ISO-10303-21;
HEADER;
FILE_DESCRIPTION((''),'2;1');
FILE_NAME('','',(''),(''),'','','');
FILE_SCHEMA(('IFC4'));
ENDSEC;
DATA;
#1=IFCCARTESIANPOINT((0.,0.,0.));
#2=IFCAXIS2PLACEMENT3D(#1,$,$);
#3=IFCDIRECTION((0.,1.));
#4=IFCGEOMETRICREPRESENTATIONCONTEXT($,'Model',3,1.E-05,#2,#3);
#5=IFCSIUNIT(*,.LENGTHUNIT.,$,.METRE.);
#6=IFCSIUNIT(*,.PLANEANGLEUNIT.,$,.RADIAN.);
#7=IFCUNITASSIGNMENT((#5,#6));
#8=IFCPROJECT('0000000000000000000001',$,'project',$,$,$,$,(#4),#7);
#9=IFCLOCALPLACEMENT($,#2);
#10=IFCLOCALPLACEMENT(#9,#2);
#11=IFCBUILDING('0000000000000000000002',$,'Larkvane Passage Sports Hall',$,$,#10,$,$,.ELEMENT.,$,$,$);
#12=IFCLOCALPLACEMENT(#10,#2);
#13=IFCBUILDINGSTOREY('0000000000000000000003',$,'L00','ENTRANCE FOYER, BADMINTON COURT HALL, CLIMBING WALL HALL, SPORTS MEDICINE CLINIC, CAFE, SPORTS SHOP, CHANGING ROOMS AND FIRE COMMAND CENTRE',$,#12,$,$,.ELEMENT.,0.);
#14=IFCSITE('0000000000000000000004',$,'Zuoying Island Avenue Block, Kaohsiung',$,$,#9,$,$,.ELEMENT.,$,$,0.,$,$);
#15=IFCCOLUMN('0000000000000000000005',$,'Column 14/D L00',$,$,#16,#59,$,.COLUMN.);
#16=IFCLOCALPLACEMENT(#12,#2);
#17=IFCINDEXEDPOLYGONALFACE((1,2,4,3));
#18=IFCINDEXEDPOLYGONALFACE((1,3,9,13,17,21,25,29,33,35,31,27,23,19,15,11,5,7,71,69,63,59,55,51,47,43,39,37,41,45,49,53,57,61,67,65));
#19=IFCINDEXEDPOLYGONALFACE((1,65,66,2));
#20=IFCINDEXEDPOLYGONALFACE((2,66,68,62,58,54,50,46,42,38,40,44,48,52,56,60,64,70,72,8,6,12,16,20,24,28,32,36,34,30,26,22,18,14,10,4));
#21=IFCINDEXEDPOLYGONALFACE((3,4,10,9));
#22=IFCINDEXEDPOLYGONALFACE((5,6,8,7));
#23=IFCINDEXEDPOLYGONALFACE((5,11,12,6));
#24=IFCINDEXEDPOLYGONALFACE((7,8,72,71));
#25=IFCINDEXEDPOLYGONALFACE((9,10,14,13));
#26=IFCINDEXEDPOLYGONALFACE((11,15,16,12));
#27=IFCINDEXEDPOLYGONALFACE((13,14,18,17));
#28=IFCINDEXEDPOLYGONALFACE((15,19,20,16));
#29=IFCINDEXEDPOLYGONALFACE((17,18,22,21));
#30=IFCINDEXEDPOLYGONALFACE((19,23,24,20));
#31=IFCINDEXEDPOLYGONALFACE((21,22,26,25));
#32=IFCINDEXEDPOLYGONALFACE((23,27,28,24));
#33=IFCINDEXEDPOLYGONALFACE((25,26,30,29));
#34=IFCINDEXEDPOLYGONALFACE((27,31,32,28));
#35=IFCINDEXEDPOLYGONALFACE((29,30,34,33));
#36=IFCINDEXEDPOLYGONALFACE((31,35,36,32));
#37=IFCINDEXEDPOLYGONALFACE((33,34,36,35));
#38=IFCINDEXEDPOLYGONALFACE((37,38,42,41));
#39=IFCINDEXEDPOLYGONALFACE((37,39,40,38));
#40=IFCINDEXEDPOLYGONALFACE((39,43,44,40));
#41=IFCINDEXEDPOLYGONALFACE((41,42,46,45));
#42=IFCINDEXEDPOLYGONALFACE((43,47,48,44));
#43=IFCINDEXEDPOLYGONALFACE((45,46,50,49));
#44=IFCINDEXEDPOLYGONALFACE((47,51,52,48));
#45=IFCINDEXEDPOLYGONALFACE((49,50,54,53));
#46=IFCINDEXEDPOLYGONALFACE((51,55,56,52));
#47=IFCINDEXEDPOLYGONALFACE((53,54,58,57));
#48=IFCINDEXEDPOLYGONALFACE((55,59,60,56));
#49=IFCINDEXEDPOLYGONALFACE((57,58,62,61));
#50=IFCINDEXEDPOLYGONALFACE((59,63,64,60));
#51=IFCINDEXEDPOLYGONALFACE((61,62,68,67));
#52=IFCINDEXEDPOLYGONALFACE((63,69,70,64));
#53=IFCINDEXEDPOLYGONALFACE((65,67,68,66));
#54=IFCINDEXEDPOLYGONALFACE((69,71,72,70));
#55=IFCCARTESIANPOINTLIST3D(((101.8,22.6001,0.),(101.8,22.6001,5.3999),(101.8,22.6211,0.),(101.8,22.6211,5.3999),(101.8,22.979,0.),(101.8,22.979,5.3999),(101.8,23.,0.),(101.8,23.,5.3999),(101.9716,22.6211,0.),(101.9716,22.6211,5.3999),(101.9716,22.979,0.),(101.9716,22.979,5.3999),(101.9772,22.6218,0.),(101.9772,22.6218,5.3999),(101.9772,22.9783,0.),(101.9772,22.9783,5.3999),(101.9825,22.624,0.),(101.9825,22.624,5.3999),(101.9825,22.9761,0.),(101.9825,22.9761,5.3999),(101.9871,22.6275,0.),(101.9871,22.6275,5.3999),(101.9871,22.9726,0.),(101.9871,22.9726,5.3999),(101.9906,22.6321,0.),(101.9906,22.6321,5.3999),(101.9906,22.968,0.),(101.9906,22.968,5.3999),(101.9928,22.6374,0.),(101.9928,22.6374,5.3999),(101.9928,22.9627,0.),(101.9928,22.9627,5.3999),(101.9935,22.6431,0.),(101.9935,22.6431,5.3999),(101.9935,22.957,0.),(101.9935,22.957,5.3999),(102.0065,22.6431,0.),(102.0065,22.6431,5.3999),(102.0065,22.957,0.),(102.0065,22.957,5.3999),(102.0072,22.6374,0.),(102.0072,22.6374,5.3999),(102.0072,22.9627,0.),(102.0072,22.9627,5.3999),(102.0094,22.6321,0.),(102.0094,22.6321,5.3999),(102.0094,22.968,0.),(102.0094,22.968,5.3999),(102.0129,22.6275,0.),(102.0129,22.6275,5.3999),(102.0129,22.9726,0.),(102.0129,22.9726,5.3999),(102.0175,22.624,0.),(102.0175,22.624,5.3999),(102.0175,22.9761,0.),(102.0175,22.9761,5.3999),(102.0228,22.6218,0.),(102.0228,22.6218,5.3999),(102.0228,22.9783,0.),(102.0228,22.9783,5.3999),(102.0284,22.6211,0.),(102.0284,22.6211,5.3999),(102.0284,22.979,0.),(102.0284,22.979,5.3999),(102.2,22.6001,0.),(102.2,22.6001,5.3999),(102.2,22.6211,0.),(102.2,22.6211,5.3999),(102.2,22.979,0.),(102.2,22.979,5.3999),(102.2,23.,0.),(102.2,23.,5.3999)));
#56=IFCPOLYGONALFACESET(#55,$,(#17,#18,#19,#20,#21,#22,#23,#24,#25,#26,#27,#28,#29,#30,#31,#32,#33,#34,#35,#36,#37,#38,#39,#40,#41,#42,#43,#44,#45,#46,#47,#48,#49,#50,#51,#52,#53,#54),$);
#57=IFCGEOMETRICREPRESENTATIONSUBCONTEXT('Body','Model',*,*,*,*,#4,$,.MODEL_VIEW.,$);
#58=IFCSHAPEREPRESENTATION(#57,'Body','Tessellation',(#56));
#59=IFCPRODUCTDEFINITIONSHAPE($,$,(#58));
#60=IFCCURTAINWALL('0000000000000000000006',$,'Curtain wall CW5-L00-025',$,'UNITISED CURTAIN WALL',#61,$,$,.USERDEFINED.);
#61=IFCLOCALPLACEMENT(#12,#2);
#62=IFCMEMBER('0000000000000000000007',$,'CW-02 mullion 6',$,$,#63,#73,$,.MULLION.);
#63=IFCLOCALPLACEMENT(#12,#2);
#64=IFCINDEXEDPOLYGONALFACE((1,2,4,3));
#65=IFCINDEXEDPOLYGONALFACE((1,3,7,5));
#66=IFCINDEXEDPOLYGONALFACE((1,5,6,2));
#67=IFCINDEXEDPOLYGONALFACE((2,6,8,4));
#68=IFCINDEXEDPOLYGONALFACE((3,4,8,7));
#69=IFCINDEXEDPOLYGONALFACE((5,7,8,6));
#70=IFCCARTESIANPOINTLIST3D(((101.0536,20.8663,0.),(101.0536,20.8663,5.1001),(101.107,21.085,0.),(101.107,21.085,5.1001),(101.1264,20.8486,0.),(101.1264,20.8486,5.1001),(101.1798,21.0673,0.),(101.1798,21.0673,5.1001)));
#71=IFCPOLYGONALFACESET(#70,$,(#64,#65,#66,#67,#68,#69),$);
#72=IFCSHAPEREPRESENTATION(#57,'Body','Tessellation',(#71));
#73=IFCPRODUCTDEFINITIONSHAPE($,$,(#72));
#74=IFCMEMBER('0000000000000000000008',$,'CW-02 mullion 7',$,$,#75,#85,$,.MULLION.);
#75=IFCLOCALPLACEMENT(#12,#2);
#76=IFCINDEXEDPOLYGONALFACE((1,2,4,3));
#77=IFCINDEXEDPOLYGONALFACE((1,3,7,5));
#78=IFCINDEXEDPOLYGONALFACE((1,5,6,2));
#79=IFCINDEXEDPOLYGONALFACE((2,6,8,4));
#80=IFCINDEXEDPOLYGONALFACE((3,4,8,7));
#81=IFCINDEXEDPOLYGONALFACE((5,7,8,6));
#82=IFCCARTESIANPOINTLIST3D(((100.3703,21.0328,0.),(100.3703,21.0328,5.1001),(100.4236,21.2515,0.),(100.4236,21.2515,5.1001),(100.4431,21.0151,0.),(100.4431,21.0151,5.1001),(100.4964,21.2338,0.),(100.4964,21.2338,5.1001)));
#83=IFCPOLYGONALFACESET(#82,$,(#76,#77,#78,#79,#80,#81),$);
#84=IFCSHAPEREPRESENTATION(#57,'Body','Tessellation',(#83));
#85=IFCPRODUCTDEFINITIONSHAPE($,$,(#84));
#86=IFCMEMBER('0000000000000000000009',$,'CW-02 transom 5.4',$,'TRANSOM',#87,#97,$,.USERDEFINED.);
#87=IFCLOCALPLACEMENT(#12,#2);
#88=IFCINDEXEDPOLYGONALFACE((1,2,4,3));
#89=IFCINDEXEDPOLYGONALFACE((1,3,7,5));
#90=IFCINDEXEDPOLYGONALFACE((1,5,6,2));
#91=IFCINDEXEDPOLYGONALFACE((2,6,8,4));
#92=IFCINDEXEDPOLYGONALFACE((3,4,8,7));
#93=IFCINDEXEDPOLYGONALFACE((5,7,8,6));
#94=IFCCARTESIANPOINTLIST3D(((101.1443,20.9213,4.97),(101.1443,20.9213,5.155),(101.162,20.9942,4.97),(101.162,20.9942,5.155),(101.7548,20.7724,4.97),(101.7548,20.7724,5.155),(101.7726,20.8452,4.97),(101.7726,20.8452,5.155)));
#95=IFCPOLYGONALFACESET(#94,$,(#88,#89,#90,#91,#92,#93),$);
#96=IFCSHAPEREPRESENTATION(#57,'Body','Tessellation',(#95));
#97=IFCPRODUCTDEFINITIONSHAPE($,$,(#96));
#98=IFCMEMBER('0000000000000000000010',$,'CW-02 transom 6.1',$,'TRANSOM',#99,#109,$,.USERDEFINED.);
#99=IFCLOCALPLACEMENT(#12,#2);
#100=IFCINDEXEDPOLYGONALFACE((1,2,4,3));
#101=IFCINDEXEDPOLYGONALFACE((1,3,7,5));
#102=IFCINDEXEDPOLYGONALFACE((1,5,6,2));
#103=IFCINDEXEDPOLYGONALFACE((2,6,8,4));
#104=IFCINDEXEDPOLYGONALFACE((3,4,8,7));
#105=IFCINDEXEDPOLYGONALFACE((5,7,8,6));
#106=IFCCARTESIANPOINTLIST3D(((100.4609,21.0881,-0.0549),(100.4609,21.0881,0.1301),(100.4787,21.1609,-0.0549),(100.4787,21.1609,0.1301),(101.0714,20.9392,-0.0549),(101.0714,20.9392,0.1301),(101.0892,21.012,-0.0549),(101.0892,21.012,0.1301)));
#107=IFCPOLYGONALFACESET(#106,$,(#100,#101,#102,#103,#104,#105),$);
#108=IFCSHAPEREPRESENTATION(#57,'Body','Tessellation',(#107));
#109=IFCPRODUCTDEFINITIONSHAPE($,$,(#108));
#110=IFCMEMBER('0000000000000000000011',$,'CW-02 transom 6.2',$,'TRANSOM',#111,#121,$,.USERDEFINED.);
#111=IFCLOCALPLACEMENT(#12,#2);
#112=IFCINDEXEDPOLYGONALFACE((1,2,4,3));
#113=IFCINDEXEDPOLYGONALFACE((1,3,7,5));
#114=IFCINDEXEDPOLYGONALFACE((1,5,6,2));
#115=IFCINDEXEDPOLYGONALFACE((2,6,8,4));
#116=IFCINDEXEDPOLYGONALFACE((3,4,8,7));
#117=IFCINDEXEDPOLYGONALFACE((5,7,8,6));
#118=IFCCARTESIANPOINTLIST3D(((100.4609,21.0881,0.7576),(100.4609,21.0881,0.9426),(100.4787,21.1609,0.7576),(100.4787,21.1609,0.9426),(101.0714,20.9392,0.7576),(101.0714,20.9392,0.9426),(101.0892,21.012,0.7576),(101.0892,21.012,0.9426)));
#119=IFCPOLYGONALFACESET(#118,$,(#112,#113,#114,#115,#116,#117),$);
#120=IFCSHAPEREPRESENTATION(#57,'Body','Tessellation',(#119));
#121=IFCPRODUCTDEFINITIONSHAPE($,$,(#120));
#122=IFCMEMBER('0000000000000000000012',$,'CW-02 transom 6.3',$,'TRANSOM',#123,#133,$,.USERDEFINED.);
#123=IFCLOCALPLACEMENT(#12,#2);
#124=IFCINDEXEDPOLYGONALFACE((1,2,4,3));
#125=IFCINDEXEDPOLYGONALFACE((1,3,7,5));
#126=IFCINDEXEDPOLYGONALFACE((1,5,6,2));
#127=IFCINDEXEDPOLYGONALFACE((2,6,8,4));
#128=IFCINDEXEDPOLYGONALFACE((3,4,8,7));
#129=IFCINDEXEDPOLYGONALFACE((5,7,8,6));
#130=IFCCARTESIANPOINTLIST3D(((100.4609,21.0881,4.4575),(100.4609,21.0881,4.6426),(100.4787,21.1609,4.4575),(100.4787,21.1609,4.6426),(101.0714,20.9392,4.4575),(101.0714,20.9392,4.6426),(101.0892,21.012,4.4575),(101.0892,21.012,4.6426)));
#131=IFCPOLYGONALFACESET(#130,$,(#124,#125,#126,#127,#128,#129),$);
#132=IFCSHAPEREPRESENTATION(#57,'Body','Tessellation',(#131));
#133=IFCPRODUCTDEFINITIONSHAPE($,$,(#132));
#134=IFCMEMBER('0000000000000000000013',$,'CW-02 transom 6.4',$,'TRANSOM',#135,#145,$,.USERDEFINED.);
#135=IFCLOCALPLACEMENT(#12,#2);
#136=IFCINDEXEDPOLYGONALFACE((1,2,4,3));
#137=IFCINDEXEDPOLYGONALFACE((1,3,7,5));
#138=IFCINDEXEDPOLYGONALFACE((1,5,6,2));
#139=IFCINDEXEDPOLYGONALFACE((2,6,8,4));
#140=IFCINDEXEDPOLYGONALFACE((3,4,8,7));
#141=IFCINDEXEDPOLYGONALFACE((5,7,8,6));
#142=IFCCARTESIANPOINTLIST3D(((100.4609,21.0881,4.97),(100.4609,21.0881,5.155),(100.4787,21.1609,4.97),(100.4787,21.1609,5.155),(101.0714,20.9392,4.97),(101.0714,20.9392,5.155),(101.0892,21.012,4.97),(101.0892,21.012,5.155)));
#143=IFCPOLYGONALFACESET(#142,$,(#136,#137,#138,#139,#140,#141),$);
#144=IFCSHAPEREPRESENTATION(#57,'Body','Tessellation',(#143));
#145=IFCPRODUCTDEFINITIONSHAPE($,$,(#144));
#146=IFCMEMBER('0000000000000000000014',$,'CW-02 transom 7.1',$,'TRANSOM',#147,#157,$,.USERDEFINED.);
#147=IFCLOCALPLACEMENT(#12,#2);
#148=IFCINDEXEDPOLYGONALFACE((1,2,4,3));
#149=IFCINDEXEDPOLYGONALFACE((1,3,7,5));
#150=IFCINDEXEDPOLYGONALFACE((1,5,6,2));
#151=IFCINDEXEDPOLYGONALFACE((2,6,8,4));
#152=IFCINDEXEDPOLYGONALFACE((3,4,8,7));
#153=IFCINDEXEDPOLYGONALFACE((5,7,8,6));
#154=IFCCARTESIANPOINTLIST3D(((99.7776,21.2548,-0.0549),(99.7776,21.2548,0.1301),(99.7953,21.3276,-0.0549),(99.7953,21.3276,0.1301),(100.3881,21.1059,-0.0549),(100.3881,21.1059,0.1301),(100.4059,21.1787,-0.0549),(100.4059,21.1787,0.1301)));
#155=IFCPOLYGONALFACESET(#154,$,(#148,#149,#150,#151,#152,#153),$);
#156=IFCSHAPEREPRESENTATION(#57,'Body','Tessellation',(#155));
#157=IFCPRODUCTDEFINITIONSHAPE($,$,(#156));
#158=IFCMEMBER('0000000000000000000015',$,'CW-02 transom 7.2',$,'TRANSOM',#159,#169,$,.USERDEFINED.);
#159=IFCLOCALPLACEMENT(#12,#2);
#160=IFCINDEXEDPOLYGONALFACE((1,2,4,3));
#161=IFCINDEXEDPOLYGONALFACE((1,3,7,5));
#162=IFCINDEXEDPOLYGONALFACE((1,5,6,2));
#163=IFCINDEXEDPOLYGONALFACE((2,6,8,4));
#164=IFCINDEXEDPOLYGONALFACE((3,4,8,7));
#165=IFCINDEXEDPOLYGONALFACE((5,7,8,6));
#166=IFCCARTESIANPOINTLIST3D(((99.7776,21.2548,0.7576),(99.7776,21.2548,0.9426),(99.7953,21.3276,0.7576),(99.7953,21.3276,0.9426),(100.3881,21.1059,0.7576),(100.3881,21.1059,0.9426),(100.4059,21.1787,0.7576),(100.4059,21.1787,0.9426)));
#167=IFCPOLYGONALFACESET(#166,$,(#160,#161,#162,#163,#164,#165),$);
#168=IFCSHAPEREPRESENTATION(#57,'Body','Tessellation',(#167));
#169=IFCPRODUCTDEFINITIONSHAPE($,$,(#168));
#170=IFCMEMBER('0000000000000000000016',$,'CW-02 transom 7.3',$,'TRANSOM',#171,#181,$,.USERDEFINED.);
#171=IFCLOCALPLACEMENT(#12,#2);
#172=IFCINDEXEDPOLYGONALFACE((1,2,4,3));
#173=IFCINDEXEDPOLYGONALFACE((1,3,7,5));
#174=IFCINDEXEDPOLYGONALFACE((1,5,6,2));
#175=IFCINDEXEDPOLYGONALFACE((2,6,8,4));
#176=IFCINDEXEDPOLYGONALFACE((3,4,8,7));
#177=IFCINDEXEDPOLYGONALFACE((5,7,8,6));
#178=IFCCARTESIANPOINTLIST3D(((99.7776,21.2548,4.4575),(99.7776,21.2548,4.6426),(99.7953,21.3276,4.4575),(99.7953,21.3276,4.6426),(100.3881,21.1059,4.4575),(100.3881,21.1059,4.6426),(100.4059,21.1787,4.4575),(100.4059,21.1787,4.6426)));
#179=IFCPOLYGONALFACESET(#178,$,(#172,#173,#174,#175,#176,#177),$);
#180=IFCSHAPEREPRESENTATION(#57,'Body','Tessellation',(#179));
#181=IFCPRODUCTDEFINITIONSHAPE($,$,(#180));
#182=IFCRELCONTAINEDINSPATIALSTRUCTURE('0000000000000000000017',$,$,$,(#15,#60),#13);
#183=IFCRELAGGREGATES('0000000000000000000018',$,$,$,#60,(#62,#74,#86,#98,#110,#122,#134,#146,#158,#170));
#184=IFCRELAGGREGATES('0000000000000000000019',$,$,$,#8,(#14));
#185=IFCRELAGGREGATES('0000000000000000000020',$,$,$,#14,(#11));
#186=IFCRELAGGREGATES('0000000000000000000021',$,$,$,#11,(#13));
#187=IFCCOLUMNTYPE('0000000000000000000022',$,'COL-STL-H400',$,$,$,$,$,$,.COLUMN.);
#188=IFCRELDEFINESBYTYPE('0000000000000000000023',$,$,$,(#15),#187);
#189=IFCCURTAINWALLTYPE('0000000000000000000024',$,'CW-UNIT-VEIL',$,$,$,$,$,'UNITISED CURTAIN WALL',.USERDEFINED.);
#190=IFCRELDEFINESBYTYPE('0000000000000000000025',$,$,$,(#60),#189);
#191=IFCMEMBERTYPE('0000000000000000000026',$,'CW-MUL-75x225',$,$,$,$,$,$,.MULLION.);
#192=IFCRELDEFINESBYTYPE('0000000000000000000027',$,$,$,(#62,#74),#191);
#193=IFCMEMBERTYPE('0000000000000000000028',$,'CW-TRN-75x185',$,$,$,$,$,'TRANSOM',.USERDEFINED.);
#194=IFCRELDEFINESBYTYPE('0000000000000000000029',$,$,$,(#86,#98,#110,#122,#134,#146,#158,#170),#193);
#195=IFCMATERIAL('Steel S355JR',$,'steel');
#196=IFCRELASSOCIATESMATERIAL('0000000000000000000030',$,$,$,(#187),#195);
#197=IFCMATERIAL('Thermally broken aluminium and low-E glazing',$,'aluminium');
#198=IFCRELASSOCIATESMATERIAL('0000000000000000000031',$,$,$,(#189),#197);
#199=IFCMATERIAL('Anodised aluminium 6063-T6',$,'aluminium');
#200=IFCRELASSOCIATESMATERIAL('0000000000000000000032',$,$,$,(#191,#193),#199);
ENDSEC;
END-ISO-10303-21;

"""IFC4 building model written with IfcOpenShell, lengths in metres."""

from ifc_helpers import new_model, si_unit, direction, frame, origin, origin_2d, place, context, subcontext, project, spatial, rectangle, i_section, extrude, material, material_profile, profile_set, type_object, element, aggregate, save


model = new_model("IFC4")

# Units and contexts
model_context = context("Model", 3, precision=1e-05, world=origin(), true_north=direction((0.0, 1.0)))
body_context = subcontext(model_context, "Body", "Model", "MODEL_VIEW")
ifc_project = project(units=[si_unit("LENGTHUNIT", "METRE"), si_unit("PLANEANGLEUNIT", "RADIAN")], contexts=[model_context])

# Site, building, storey
site_placement = place(None, origin())
site = spatial("IfcSite", under=ifc_project, at=site_placement, Name="Zuoying Island Avenue Block, Kaohsiung", CompositionType="ELEMENT", RefElevation=0.0)
building_placement = place(site_placement, origin())
building = spatial("IfcBuilding", under=site, at=building_placement, Name="Larkvane Passage Sports Hall", CompositionType="ELEMENT")
storey_placement = place(building_placement, origin())
storey = spatial("IfcBuildingStorey", under=building, at=storey_placement, Name="L00", Description="ENTRANCE FOYER, BADMINTON COURT HALL, CLIMBING WALL HALL, SPORTS MEDICINE CLINIC, CAFE, SPORTS SHOP, CHANGING ROOMS AND FIRE COMMAND CENTRE", CompositionType="ELEMENT", Elevation=0.0)

# Column
ifc_material_1 = material(Name="Steel S355JR", Category="steel")
ifc_material_profile_1 = material_profile(ifc_material_1, i_section(OverallWidth=0.3999, OverallDepth=0.3999, WebThickness=0.0129, FlangeThickness=0.021, FilletRadius=0.022, at=origin_2d()), Name="H-400x400x13x21")
ifc_profile_set_1 = profile_set([ifc_material_profile_1], Name="Steel S355JR")
column_type = type_object("IfcColumnType", Name="COL-STL-H400", PredefinedType="COLUMN", material=ifc_profile_set_1)
column_placement = place(storey_placement, frame((102.0, 22.8, 0.0), z_axis=(0.0, 0.0, 1.0), x_axis=(1.0, 0.0, 0.0)))
element("IfcColumn", 1, at=column_placement, inside=storey, type_object=column_type, Name="Column 14/D L00", PredefinedType="COLUMN", context=body_context, shape_type="SweptSolid", body=[
    extrude(i_section(OverallWidth=0.3999, OverallDepth=0.3999, WebThickness=0.0129, FlangeThickness=0.021, FilletRadius=0.022, at=origin_2d()), origin(), (0.0, 0.0, 1.0), 5.3999),
])

# Curtain wall, members
ifc_material_2 = material(Name="Thermally broken aluminium and low-E glazing", Category="aluminium")
curtain_wall_type = type_object("IfcCurtainWallType", Name="CW-UNIT-VEIL", ElementType="UNITISED CURTAIN WALL", PredefinedType="USERDEFINED", material=ifc_material_2)
curtain_wall_placement = place(storey_placement, origin())
curtain_wall = element("IfcCurtainWall", 2, at=curtain_wall_placement, inside=storey, type_object=curtain_wall_type, Name="Curtain wall CW5-L00-025", ObjectType="UNITISED CURTAIN WALL", PredefinedType="USERDEFINED")
ifc_material_3 = material(Name="Anodised aluminium 6063-T6", Category="aluminium")
ifc_material_profile_2 = material_profile(ifc_material_3, rectangle(XDim=0.075, YDim=0.2251, at=origin_2d()), Name="ALU-MUL-75x225")
ifc_profile_set_2 = profile_set([ifc_material_profile_2], Name="Anodised aluminium 6063-T6")
member_type_1 = type_object("IfcMemberType", Name="CW-MUL-75x225", PredefinedType="MULLION", material=ifc_profile_set_2)
member_1_placement = place(storey_placement, frame((101.1167, 20.9668, 0.0), z_axis=(0.0, 0.0, 1.0), x_axis=(-0.971517, 0.23697, 0.0)))
member_1 = element("IfcMember", 3, at=member_1_placement, type_object=member_type_1, Name="CW-02 mullion 6", PredefinedType="MULLION", context=body_context, shape_type="SweptSolid", body=[
    extrude(rectangle(XDim=0.075, YDim=0.2251, at=origin_2d()), origin(), (0.0, 0.0, 1.0), 5.1001),
])
member_2_placement = place(storey_placement, frame((100.4333, 21.1333, 0.0), z_axis=(0.0, 0.0, 1.0), x_axis=(-0.971517, 0.23697, 0.0)))
member_2 = element("IfcMember", 4, at=member_2_placement, type_object=member_type_1, Name="CW-02 mullion 7", PredefinedType="MULLION", context=body_context, shape_type="SweptSolid", body=[
    extrude(rectangle(XDim=0.075, YDim=0.2251, at=origin_2d()), origin(), (0.0, 0.0, 1.0), 5.1001),
])
ifc_material_profile_3 = material_profile(ifc_material_3, rectangle(XDim=0.075, YDim=0.1851, at=origin_2d()), Name="ALU-TRN-75x185")
ifc_profile_set_3 = profile_set([ifc_material_profile_3], Name="Anodised aluminium 6063-T6")
member_type_2 = type_object("IfcMemberType", Name="CW-TRN-75x185", ElementType="TRANSOM", PredefinedType="USERDEFINED", material=ifc_profile_set_3)
member_3_placement = place(storey_placement, frame((101.7637, 20.8088, 5.0625), z_axis=(-0.97152, 0.236956, 0.0), x_axis=(-0.236956, -0.97152, 0.0)))
member_3 = element("IfcMember", 5, at=member_3_placement, type_object=member_type_2, Name="CW-02 transom 5.4", ObjectType="TRANSOM", PredefinedType="USERDEFINED", context=body_context, shape_type="SweptSolid", body=[
    extrude(rectangle(XDim=0.075, YDim=0.1851, at=origin_2d()), origin(), (0.0, 0.0, 1.0), 0.6284),
])
member_4_placement = place(storey_placement, frame((101.0803, 20.9756, 0.0376), z_axis=(-0.97152, 0.236956, 0.0), x_axis=(-0.236956, -0.97152, 0.0)))
member_4 = element("IfcMember", 6, at=member_4_placement, type_object=member_type_2, Name="CW-02 transom 6.1", ObjectType="TRANSOM", PredefinedType="USERDEFINED", context=body_context, shape_type="SweptSolid", body=[
    extrude(rectangle(XDim=0.075, YDim=0.1851, at=origin_2d()), origin(), (0.0, 0.0, 1.0), 0.6284),
])
member_5_placement = place(storey_placement, frame((101.0803, 20.9756, 0.8501), z_axis=(-0.97152, 0.236956, 0.0), x_axis=(-0.236956, -0.97152, 0.0)))
member_5 = element("IfcMember", 7, at=member_5_placement, type_object=member_type_2, Name="CW-02 transom 6.2", ObjectType="TRANSOM", PredefinedType="USERDEFINED", context=body_context, shape_type="SweptSolid", body=[
    extrude(rectangle(XDim=0.075, YDim=0.1851, at=origin_2d()), origin(), (0.0, 0.0, 1.0), 0.6284),
])
member_6_placement = place(storey_placement, frame((101.0803, 20.9756, 4.55), z_axis=(-0.97152, 0.236956, 0.0), x_axis=(-0.236956, -0.97152, 0.0)))
member_6 = element("IfcMember", 8, at=member_6_placement, type_object=member_type_2, Name="CW-02 transom 6.3", ObjectType="TRANSOM", PredefinedType="USERDEFINED", context=body_context, shape_type="SweptSolid", body=[
    extrude(rectangle(XDim=0.075, YDim=0.1851, at=origin_2d()), origin(), (0.0, 0.0, 1.0), 0.6284),
])
member_7_placement = place(storey_placement, frame((101.0803, 20.9756, 5.0625), z_axis=(-0.97152, 0.236956, 0.0), x_axis=(-0.236956, -0.97152, 0.0)))
member_7 = element("IfcMember", 9, at=member_7_placement, type_object=member_type_2, Name="CW-02 transom 6.4", ObjectType="TRANSOM", PredefinedType="USERDEFINED", context=body_context, shape_type="SweptSolid", body=[
    extrude(rectangle(XDim=0.075, YDim=0.1851, at=origin_2d()), origin(), (0.0, 0.0, 1.0), 0.6284),
])
member_8_placement = place(storey_placement, frame((100.397, 21.1423, 0.0376), z_axis=(-0.97152, 0.236956, 0.0), x_axis=(-0.236956, -0.97152, 0.0)))
member_8 = element("IfcMember", 10, at=member_8_placement, type_object=member_type_2, Name="CW-02 transom 7.1", ObjectType="TRANSOM", PredefinedType="USERDEFINED", context=body_context, shape_type="SweptSolid", body=[
    extrude(rectangle(XDim=0.075, YDim=0.1851, at=origin_2d()), origin(), (0.0, 0.0, 1.0), 0.6284),
])
member_9_placement = place(storey_placement, frame((100.397, 21.1423, 0.8501), z_axis=(-0.97152, 0.236956, 0.0), x_axis=(-0.236956, -0.97152, 0.0)))
member_9 = element("IfcMember", 11, at=member_9_placement, type_object=member_type_2, Name="CW-02 transom 7.2", ObjectType="TRANSOM", PredefinedType="USERDEFINED", context=body_context, shape_type="SweptSolid", body=[
    extrude(rectangle(XDim=0.075, YDim=0.1851, at=origin_2d()), origin(), (0.0, 0.0, 1.0), 0.6284),
])
member_10_placement = place(storey_placement, frame((100.397, 21.1423, 4.55), z_axis=(-0.97152, 0.236956, 0.0), x_axis=(-0.236956, -0.97152, 0.0)))
member_10 = element("IfcMember", 12, at=member_10_placement, type_object=member_type_2, Name="CW-02 transom 7.3", ObjectType="TRANSOM", PredefinedType="USERDEFINED", context=body_context, shape_type="SweptSolid", body=[
    extrude(rectangle(XDim=0.075, YDim=0.1851, at=origin_2d()), origin(), (0.0, 0.0, 1.0), 0.6284),
])

aggregate(curtain_wall, [member_1, member_2, member_3, member_4, member_5, member_6, member_7, member_8, member_9, member_10])

save(model, "model.ifc")
